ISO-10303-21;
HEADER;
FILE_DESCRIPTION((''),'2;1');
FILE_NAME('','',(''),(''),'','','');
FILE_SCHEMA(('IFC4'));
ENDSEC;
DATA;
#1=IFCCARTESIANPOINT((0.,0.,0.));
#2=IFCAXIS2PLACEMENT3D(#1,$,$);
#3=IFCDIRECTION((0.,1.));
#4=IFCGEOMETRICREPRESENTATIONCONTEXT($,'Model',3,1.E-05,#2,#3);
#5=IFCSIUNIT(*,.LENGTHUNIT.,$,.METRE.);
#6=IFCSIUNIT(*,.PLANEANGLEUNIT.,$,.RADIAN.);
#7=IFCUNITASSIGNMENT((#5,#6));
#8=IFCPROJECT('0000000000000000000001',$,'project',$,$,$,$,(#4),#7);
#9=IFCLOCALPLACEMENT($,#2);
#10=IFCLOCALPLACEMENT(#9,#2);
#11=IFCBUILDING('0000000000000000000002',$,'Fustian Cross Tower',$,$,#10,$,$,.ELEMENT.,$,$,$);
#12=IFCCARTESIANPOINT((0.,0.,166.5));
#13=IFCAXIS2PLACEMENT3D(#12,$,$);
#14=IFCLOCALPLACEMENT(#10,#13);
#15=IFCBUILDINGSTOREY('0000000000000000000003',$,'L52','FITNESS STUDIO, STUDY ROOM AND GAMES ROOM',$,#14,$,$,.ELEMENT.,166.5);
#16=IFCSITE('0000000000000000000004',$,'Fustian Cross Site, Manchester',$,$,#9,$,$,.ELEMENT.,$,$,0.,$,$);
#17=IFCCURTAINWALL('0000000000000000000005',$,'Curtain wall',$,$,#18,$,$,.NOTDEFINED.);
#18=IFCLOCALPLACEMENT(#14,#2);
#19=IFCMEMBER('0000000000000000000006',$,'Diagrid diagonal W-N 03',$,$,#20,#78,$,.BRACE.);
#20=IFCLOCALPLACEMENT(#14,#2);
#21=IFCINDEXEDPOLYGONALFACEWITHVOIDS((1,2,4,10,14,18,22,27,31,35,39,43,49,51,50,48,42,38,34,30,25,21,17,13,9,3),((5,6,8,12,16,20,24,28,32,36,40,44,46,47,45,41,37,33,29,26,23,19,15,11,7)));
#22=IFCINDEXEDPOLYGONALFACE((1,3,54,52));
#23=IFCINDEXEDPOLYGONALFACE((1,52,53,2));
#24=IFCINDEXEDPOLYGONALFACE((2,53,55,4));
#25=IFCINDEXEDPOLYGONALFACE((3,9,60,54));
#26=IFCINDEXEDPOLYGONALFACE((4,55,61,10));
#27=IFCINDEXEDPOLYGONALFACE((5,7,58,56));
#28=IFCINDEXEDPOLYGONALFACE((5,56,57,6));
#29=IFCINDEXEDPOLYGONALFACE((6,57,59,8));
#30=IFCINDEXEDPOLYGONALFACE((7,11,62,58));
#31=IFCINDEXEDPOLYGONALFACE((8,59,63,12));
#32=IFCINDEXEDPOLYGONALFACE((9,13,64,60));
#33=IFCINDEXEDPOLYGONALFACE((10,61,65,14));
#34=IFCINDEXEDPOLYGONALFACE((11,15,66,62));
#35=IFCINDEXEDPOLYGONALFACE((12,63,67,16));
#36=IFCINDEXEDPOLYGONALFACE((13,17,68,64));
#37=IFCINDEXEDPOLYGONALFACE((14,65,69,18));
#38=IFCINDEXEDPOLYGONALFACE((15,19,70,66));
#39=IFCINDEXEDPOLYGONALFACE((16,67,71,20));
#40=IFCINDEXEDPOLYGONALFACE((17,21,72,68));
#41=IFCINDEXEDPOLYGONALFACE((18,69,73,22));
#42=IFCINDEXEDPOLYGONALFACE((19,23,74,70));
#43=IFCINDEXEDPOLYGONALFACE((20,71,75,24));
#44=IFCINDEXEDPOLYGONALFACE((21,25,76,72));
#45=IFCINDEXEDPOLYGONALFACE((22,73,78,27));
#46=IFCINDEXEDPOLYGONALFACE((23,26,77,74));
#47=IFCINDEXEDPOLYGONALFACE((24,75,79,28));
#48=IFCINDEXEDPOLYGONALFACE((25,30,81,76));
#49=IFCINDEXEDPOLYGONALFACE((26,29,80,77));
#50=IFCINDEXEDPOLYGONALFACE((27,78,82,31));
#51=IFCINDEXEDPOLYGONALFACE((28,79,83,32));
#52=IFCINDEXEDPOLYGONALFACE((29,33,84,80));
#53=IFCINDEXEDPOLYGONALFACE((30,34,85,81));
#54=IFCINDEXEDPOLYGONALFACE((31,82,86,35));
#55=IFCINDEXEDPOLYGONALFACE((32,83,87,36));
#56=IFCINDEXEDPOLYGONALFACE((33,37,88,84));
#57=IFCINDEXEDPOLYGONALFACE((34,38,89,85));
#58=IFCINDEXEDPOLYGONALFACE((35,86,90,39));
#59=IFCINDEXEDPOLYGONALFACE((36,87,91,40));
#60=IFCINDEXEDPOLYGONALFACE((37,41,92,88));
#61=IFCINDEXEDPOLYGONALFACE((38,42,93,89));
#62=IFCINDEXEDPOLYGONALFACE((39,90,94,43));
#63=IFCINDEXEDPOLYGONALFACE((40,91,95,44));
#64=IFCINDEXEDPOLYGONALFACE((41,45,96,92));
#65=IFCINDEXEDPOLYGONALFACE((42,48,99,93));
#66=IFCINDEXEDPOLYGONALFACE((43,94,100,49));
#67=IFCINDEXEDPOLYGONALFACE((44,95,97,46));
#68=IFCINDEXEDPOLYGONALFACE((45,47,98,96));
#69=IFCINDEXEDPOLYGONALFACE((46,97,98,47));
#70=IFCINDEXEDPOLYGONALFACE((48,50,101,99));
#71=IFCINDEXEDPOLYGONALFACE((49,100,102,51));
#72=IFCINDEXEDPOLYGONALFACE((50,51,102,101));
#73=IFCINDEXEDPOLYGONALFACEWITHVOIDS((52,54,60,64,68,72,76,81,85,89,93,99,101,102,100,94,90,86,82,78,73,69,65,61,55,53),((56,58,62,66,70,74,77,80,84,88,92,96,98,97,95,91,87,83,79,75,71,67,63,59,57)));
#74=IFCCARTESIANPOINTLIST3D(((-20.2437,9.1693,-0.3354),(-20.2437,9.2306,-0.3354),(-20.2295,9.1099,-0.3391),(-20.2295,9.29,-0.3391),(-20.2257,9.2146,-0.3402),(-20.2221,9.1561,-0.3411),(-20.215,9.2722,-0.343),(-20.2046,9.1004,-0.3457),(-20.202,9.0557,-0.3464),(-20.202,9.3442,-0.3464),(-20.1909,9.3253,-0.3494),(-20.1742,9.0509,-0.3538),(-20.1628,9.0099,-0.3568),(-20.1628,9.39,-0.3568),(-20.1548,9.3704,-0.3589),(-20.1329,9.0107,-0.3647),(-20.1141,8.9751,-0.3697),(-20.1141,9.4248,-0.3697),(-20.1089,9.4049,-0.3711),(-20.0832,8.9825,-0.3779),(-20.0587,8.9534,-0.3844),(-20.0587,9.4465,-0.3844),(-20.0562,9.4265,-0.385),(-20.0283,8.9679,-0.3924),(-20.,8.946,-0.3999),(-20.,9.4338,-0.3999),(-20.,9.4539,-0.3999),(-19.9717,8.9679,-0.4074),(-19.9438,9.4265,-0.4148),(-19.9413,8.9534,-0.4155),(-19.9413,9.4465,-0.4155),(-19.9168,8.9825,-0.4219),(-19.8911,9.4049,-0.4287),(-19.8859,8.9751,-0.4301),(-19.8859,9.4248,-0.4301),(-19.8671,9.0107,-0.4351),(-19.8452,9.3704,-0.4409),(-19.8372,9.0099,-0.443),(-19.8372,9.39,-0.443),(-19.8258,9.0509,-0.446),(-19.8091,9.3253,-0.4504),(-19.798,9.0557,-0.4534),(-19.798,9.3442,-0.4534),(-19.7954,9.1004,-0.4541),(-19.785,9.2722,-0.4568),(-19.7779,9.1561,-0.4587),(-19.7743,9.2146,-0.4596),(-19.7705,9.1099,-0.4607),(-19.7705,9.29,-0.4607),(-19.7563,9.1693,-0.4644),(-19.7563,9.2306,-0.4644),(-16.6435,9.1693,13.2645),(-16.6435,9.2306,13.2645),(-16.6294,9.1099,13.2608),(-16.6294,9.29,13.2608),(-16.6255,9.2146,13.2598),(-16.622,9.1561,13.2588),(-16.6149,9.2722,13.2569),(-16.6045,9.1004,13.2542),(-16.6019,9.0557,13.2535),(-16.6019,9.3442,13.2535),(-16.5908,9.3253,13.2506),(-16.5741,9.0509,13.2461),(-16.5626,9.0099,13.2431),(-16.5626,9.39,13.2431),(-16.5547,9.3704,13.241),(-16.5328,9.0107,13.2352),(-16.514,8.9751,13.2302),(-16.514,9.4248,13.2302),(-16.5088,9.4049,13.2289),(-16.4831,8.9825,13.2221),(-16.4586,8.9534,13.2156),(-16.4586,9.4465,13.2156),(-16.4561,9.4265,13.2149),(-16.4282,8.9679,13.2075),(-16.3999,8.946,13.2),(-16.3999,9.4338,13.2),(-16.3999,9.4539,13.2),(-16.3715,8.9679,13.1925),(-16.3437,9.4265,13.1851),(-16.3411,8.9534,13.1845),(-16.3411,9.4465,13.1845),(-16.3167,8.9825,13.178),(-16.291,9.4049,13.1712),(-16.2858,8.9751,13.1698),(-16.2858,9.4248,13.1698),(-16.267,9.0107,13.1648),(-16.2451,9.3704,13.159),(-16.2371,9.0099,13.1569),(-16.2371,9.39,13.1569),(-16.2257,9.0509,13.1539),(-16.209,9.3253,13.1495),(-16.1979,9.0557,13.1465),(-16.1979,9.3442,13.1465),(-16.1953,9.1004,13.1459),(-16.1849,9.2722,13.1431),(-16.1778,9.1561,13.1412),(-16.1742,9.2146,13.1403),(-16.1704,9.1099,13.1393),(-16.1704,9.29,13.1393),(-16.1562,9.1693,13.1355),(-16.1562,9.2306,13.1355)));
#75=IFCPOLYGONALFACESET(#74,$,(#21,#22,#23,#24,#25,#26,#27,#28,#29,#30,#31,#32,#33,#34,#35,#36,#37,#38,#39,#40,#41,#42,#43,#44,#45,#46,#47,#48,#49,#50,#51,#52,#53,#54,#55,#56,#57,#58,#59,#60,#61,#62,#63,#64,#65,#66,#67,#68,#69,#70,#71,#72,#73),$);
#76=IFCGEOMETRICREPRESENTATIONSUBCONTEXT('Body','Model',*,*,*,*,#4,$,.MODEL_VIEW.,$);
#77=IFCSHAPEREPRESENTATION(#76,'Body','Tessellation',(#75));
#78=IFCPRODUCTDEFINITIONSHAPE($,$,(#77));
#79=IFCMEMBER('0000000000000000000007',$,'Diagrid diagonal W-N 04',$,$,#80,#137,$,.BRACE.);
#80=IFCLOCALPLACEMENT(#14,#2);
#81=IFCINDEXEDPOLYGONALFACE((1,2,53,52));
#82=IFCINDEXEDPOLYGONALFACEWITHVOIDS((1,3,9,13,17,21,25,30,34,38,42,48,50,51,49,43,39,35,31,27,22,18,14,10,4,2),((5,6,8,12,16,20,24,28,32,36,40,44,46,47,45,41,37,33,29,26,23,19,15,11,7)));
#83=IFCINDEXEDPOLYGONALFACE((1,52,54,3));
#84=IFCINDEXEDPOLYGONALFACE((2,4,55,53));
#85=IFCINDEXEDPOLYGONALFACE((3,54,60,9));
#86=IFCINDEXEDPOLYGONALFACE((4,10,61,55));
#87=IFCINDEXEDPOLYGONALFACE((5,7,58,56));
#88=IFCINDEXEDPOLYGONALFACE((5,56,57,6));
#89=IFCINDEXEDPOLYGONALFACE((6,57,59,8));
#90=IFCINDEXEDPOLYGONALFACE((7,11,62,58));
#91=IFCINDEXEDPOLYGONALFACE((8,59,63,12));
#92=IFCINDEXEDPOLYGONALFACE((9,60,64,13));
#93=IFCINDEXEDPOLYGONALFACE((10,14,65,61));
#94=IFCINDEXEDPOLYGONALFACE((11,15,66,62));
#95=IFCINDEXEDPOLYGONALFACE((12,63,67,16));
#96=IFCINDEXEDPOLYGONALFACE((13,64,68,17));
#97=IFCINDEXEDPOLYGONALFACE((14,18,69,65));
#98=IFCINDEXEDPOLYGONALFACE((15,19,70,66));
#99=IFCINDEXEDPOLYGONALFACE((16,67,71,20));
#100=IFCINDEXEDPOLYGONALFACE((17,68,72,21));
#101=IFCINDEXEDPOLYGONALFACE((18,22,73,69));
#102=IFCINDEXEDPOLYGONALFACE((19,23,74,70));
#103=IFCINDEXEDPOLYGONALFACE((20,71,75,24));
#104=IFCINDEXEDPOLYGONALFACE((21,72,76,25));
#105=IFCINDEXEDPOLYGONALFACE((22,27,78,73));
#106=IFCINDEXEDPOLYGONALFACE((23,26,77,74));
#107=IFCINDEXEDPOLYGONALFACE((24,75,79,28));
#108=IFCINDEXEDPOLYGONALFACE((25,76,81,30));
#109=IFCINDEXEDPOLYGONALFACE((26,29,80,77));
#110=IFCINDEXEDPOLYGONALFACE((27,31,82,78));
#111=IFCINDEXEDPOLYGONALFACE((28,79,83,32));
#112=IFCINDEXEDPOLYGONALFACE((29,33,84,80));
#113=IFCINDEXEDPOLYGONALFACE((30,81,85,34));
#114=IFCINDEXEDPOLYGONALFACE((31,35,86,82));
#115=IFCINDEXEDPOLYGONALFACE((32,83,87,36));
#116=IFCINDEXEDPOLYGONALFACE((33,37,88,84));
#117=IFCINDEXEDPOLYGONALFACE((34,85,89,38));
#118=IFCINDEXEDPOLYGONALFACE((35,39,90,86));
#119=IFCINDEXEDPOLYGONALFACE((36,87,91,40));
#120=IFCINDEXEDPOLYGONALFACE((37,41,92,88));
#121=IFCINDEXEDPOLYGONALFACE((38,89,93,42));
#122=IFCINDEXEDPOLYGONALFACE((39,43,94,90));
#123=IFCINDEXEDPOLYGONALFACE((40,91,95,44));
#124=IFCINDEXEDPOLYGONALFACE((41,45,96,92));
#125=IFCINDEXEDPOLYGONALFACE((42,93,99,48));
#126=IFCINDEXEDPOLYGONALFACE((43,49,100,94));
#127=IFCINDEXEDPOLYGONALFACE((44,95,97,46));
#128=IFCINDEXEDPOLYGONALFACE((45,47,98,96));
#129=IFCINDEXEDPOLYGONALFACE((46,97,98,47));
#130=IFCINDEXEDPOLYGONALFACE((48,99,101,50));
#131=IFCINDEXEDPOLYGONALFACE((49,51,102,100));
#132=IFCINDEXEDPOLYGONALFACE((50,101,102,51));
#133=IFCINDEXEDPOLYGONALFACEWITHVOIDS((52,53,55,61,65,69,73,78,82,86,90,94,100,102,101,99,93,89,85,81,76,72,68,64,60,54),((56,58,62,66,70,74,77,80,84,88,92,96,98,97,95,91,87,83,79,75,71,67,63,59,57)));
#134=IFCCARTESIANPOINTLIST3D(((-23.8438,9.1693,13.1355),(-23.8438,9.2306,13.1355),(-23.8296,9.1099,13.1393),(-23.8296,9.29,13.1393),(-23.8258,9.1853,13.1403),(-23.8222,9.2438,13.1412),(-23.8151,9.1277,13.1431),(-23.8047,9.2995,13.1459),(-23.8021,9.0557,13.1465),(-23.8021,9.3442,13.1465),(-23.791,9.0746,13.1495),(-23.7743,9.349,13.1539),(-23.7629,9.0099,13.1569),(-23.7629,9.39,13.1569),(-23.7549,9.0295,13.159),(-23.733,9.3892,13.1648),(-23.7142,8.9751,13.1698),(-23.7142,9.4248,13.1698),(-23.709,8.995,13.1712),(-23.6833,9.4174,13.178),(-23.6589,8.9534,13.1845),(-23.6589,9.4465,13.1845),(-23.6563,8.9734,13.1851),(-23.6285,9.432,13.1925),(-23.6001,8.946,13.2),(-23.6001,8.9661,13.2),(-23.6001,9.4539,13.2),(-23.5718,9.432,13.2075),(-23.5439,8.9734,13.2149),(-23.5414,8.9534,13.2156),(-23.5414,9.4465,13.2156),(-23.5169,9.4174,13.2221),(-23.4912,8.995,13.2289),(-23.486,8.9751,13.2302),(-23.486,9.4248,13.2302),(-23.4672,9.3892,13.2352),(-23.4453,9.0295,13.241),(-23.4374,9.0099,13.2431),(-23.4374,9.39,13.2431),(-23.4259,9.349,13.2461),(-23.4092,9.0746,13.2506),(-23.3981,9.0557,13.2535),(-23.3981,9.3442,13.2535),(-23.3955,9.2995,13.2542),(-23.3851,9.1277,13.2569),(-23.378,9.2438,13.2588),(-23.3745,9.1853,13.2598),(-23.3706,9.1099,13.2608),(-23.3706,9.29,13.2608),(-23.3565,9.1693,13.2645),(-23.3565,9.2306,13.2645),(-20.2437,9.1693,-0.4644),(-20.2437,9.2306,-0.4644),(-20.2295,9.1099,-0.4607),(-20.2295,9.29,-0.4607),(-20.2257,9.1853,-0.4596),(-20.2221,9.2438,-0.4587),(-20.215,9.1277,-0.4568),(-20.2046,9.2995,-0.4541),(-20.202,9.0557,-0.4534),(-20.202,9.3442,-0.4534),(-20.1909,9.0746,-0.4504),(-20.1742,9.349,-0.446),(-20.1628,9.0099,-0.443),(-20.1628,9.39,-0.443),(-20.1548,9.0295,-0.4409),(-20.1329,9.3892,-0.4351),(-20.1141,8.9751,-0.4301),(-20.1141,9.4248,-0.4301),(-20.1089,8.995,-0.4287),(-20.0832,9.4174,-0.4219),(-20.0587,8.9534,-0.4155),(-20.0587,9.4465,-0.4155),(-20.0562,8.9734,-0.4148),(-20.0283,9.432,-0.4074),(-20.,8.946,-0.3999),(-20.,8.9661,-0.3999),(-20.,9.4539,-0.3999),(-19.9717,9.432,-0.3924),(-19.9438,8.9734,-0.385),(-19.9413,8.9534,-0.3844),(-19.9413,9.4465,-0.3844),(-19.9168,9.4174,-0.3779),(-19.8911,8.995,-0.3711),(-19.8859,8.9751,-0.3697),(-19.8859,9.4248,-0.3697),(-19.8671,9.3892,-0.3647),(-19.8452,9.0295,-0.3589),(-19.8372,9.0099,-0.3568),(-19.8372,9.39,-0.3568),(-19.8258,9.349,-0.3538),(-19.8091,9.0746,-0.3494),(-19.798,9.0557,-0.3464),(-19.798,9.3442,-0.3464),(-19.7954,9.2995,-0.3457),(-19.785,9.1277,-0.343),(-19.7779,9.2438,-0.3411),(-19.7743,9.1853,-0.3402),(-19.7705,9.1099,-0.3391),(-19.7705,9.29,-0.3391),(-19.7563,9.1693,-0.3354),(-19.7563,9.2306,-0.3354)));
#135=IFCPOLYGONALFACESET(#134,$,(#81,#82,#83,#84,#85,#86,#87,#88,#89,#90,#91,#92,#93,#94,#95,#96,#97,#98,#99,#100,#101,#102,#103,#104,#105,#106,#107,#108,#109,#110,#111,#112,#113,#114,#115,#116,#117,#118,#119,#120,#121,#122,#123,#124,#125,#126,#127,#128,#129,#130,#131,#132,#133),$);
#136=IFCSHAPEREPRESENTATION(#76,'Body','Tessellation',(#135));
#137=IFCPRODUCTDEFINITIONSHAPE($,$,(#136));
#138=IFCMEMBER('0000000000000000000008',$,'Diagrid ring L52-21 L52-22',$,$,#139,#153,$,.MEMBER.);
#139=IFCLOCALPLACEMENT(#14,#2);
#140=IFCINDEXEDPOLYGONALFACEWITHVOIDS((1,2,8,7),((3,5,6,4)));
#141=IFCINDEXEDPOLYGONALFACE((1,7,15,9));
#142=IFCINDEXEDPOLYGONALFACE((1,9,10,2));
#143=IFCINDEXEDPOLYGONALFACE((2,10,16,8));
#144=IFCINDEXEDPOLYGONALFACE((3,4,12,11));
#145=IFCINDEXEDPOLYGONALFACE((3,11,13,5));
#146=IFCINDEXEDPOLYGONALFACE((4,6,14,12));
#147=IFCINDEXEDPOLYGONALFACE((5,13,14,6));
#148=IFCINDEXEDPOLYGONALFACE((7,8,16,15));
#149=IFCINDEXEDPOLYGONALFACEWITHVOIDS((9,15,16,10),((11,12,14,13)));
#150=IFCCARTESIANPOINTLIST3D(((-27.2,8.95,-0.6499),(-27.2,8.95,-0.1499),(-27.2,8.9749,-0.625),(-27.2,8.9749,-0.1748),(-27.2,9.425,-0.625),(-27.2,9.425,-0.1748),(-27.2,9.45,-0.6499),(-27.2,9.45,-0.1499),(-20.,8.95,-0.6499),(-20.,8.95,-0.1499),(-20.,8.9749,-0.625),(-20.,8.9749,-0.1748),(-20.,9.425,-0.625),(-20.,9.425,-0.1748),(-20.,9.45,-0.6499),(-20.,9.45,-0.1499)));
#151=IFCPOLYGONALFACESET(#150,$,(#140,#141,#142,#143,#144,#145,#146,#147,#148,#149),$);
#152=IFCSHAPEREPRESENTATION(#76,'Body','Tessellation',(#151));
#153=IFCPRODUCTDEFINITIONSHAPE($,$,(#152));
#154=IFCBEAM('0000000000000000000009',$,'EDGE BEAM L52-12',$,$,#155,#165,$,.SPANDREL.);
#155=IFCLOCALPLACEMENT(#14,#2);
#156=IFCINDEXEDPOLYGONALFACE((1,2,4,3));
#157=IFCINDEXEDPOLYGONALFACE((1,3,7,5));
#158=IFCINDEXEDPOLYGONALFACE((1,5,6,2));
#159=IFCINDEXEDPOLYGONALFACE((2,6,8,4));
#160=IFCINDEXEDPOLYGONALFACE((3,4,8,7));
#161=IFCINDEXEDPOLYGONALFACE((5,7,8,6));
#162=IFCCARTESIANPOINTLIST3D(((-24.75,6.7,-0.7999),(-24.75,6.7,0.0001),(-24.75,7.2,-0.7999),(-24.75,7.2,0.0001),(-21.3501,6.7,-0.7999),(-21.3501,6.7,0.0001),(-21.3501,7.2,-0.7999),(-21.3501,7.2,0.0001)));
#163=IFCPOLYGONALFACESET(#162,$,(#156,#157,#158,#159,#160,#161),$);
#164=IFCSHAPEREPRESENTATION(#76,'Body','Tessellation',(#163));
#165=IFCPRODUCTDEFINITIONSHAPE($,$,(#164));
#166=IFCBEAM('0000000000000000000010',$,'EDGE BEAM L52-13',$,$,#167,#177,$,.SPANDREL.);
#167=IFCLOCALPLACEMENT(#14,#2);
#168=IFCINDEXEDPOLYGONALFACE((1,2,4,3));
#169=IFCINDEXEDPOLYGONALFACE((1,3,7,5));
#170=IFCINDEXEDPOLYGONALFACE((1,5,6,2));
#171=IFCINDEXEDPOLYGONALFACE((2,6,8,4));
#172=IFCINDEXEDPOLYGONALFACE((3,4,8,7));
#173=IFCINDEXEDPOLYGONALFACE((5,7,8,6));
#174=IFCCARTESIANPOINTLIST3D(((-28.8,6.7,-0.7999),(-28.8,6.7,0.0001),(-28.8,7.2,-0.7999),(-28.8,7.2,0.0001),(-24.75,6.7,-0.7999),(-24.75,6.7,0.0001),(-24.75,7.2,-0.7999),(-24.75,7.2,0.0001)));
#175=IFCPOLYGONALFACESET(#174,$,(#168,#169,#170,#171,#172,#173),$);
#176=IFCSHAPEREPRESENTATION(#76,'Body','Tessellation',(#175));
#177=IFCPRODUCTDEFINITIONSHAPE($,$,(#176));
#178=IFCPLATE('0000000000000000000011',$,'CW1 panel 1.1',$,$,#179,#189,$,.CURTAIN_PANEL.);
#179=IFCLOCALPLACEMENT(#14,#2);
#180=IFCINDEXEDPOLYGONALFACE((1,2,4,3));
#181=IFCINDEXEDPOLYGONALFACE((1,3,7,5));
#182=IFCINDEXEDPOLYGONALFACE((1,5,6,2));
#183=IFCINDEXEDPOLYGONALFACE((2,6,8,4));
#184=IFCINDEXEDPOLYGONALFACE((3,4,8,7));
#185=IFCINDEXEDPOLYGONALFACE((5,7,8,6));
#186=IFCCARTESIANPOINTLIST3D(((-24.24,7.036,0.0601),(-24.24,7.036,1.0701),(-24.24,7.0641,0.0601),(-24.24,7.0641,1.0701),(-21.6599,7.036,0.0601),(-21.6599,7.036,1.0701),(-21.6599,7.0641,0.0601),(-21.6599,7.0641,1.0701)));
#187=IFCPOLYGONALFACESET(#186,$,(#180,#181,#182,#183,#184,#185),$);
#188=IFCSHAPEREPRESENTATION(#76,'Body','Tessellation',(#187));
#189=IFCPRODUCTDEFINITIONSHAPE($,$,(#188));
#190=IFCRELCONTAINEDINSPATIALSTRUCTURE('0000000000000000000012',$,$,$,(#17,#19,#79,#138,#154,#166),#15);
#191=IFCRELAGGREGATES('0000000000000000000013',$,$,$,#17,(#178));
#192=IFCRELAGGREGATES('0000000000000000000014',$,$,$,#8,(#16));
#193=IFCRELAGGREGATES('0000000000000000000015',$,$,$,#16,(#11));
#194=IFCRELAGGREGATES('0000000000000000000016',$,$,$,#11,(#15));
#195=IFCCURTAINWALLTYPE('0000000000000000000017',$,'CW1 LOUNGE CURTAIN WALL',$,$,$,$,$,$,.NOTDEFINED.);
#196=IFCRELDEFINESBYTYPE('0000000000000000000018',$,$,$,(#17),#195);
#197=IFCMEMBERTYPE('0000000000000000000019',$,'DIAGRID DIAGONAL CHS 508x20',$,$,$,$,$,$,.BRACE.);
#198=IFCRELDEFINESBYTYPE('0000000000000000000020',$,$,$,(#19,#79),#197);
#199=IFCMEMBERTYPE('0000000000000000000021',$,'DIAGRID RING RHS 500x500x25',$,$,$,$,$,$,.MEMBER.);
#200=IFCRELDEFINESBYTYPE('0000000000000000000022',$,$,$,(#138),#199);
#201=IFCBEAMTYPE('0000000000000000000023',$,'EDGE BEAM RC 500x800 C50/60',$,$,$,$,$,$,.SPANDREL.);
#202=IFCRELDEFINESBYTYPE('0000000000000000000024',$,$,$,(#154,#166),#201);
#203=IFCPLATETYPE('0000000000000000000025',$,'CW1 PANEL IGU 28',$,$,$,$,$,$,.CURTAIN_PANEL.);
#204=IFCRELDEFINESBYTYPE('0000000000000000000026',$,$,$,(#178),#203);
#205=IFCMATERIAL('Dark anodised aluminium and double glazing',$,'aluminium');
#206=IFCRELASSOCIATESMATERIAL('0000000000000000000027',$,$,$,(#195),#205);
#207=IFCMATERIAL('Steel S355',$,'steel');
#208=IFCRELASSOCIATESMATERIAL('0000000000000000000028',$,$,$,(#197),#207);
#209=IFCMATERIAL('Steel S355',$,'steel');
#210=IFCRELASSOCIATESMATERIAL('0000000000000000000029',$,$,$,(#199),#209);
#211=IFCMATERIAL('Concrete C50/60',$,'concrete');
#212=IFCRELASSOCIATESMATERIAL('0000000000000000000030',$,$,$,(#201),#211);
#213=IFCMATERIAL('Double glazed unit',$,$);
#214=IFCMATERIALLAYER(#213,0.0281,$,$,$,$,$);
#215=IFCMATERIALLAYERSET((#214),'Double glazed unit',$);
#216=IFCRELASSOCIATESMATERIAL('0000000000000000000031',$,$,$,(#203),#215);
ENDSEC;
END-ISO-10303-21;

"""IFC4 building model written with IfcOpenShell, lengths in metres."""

from ifc_helpers import new_model, si_unit, direction, frame, origin, origin_2d, place, context, subcontext, project, spatial, rectangle, hollow_rectangle, hollow_circle, extrude, material, layer, layer_set, material_profile, profile_set, type_object, element, aggregate, save


model = new_model("IFC4")

# Units and contexts
model_context = context("Model", 3, precision=1e-05, world=origin(), true_north=direction((0.0, 1.0)))
body_context = subcontext(model_context, "Body", "Model", "MODEL_VIEW")
ifc_project = project(units=[si_unit("LENGTHUNIT", "METRE"), si_unit("PLANEANGLEUNIT", "RADIAN")], contexts=[model_context])

# Site, building, storey
site_placement = place(None, origin())
site = spatial("IfcSite", under=ifc_project, at=site_placement, Name="Fustian Cross Site, Manchester", CompositionType="ELEMENT", RefElevation=0.0)
building_placement = place(site_placement, origin())
building = spatial("IfcBuilding", under=site, at=building_placement, Name="Fustian Cross Tower", CompositionType="ELEMENT")
storey_placement = place(building_placement, frame((0.0, 0.0, 166.5)))
storey = spatial("IfcBuildingStorey", under=building, at=storey_placement, Name="L52", Description="FITNESS STUDIO, STUDY ROOM AND GAMES ROOM", CompositionType="ELEMENT", Elevation=166.5)

# Curtain wall
ifc_material_1 = material(Name="Dark anodised aluminium and double glazing", Category="aluminium")
curtain_wall_type = type_object("IfcCurtainWallType", Name="CW1 LOUNGE CURTAIN WALL", PredefinedType="NOTDEFINED", material=ifc_material_1)
curtain_wall_1_placement = place(storey_placement, origin())
curtain_wall_1 = element("IfcCurtainWall", 1, at=curtain_wall_1_placement, inside=storey, type_object=curtain_wall_type, Name="Curtain wall", PredefinedType="NOTDEFINED")

# Members
ifc_material_2 = material(Name="Steel S355", Category="steel")
ifc_material_profile_1 = material_profile(ifc_material_2, hollow_circle(Radius=0.2539, WallThickness=0.02, at=origin_2d()), Name="CHS 508x20")
ifc_profile_set_1 = profile_set([ifc_material_profile_1], Name="Steel S355")
member_type_1 = type_object("IfcMemberType", Name="DIAGRID DIAGONAL CHS 508x20", PredefinedType="BRACE", material=ifc_profile_set_1)
for number, where, z_axis, x_axis, name in (
    (2, (-20.0, 9.2, -0.3999), (0.255902, 0.0, 0.966703), (0.0, 1.0, 0.0), "Diagrid diagonal W-N 03"),
    (3, (-20.0, 9.2, -0.3999), (-0.255902, 0.0, 0.966703), (0.0, -1.0, 0.0), "Diagrid diagonal W-N 04"),
):
    element("IfcMember", number, at=place(storey_placement, frame(where, z_axis=z_axis, x_axis=x_axis)), inside=storey, type_object=member_type_1, Name=name, PredefinedType="BRACE", context=body_context, shape_type="SweptSolid", body=[
        extrude(hollow_circle(Radius=0.2539, WallThickness=0.02, at=origin_2d()), origin(), (0.0, 0.0, 1.0), 14.0684),
    ])
ifc_material_3 = material(Name="Steel S355", Category="steel")
ifc_material_profile_2 = material_profile(ifc_material_3, hollow_rectangle(XDim=0.5, YDim=0.5, WallThickness=0.0249, at=origin_2d()), Name="RHS 500x500x25")
ifc_profile_set_2 = profile_set([ifc_material_profile_2], Name="Steel S355")
member_type_2 = type_object("IfcMemberType", Name="DIAGRID RING RHS 500x500x25", PredefinedType="MEMBER", material=ifc_profile_set_2)
member_1_placement = place(storey_placement, frame((-20.0, 9.2, -0.3999), z_axis=(-1.0, 0.0, 0.0), x_axis=(0.0, -1.0, 0.0)))
element("IfcMember", 4, at=member_1_placement, inside=storey, type_object=member_type_2, Name="Diagrid ring L52-21 L52-22", PredefinedType="MEMBER", context=body_context, shape_type="SweptSolid", body=[
    extrude(hollow_rectangle(XDim=0.5, YDim=0.5, WallThickness=0.0249, at=origin_2d()), origin(), (0.0, 0.0, 1.0), 7.2),
])

# Beams
ifc_material_4 = material(Name="Concrete C50/60", Category="concrete")
ifc_material_profile_3 = material_profile(ifc_material_4, rectangle(XDim=0.5, YDim=0.8, at=origin_2d()), Name="RC 500x800")
ifc_profile_set_3 = profile_set([ifc_material_profile_3], Name="Concrete C50/60")
beam_type = type_object("IfcBeamType", Name="EDGE BEAM RC 500x800 C50/60", PredefinedType="SPANDREL", material=ifc_profile_set_3)
beam_1_placement = place(storey_placement, frame((-21.3501, 6.95, -0.3999), z_axis=(-1.0, 0.0, 0.0), x_axis=(0.0, -1.0, 0.0)))
element("IfcBeam", 5, at=beam_1_placement, inside=storey, type_object=beam_type, Name="EDGE BEAM L52-12", PredefinedType="SPANDREL", context=body_context, shape_type="SweptSolid", body=[
    extrude(rectangle(XDim=0.5, YDim=0.8, at=origin_2d()), origin(), (0.0, 0.0, 1.0), 3.3999),
])
beam_2_placement = place(storey_placement, frame((-24.75, 6.95, -0.3999), z_axis=(-1.0, 0.0, 0.0), x_axis=(0.0, -1.0, 0.0)))
element("IfcBeam", 6, at=beam_2_placement, inside=storey, type_object=beam_type, Name="EDGE BEAM L52-13", PredefinedType="SPANDREL", context=body_context, shape_type="SweptSolid", body=[
    extrude(rectangle(XDim=0.5, YDim=0.8, at=origin_2d()), origin(), (0.0, 0.0, 1.0), 4.05),
])

# Plate
ifc_material_5 = material(Name="Double glazed unit")
ifc_layer_1 = layer(ifc_material_5, 0.0281)
ifc_layer_set_1 = layer_set([ifc_layer_1], Name="Double glazed unit")
plate_type = type_object("IfcPlateType", Name="CW1 PANEL IGU 28", PredefinedType="CURTAIN_PANEL", material=ifc_layer_set_1)
plate_1_placement = place(storey_placement, frame((-22.95, 7.05, 0.0601), z_axis=(0.0, 0.0, 1.0), x_axis=(-1.0, 0.0, 0.0)))
plate_1 = element("IfcPlate", 7, at=plate_1_placement, type_object=plate_type, Name="CW1 panel 1.1", PredefinedType="CURTAIN_PANEL", context=body_context, shape_type="SweptSolid", body=[
    extrude(rectangle(XDim=2.5801, YDim=0.0281, at=origin_2d()), origin(), (0.0, 0.0, 1.0), 1.01),
])
aggregate(curtain_wall_1, [plate_1])

save(model, "model.ifc")
